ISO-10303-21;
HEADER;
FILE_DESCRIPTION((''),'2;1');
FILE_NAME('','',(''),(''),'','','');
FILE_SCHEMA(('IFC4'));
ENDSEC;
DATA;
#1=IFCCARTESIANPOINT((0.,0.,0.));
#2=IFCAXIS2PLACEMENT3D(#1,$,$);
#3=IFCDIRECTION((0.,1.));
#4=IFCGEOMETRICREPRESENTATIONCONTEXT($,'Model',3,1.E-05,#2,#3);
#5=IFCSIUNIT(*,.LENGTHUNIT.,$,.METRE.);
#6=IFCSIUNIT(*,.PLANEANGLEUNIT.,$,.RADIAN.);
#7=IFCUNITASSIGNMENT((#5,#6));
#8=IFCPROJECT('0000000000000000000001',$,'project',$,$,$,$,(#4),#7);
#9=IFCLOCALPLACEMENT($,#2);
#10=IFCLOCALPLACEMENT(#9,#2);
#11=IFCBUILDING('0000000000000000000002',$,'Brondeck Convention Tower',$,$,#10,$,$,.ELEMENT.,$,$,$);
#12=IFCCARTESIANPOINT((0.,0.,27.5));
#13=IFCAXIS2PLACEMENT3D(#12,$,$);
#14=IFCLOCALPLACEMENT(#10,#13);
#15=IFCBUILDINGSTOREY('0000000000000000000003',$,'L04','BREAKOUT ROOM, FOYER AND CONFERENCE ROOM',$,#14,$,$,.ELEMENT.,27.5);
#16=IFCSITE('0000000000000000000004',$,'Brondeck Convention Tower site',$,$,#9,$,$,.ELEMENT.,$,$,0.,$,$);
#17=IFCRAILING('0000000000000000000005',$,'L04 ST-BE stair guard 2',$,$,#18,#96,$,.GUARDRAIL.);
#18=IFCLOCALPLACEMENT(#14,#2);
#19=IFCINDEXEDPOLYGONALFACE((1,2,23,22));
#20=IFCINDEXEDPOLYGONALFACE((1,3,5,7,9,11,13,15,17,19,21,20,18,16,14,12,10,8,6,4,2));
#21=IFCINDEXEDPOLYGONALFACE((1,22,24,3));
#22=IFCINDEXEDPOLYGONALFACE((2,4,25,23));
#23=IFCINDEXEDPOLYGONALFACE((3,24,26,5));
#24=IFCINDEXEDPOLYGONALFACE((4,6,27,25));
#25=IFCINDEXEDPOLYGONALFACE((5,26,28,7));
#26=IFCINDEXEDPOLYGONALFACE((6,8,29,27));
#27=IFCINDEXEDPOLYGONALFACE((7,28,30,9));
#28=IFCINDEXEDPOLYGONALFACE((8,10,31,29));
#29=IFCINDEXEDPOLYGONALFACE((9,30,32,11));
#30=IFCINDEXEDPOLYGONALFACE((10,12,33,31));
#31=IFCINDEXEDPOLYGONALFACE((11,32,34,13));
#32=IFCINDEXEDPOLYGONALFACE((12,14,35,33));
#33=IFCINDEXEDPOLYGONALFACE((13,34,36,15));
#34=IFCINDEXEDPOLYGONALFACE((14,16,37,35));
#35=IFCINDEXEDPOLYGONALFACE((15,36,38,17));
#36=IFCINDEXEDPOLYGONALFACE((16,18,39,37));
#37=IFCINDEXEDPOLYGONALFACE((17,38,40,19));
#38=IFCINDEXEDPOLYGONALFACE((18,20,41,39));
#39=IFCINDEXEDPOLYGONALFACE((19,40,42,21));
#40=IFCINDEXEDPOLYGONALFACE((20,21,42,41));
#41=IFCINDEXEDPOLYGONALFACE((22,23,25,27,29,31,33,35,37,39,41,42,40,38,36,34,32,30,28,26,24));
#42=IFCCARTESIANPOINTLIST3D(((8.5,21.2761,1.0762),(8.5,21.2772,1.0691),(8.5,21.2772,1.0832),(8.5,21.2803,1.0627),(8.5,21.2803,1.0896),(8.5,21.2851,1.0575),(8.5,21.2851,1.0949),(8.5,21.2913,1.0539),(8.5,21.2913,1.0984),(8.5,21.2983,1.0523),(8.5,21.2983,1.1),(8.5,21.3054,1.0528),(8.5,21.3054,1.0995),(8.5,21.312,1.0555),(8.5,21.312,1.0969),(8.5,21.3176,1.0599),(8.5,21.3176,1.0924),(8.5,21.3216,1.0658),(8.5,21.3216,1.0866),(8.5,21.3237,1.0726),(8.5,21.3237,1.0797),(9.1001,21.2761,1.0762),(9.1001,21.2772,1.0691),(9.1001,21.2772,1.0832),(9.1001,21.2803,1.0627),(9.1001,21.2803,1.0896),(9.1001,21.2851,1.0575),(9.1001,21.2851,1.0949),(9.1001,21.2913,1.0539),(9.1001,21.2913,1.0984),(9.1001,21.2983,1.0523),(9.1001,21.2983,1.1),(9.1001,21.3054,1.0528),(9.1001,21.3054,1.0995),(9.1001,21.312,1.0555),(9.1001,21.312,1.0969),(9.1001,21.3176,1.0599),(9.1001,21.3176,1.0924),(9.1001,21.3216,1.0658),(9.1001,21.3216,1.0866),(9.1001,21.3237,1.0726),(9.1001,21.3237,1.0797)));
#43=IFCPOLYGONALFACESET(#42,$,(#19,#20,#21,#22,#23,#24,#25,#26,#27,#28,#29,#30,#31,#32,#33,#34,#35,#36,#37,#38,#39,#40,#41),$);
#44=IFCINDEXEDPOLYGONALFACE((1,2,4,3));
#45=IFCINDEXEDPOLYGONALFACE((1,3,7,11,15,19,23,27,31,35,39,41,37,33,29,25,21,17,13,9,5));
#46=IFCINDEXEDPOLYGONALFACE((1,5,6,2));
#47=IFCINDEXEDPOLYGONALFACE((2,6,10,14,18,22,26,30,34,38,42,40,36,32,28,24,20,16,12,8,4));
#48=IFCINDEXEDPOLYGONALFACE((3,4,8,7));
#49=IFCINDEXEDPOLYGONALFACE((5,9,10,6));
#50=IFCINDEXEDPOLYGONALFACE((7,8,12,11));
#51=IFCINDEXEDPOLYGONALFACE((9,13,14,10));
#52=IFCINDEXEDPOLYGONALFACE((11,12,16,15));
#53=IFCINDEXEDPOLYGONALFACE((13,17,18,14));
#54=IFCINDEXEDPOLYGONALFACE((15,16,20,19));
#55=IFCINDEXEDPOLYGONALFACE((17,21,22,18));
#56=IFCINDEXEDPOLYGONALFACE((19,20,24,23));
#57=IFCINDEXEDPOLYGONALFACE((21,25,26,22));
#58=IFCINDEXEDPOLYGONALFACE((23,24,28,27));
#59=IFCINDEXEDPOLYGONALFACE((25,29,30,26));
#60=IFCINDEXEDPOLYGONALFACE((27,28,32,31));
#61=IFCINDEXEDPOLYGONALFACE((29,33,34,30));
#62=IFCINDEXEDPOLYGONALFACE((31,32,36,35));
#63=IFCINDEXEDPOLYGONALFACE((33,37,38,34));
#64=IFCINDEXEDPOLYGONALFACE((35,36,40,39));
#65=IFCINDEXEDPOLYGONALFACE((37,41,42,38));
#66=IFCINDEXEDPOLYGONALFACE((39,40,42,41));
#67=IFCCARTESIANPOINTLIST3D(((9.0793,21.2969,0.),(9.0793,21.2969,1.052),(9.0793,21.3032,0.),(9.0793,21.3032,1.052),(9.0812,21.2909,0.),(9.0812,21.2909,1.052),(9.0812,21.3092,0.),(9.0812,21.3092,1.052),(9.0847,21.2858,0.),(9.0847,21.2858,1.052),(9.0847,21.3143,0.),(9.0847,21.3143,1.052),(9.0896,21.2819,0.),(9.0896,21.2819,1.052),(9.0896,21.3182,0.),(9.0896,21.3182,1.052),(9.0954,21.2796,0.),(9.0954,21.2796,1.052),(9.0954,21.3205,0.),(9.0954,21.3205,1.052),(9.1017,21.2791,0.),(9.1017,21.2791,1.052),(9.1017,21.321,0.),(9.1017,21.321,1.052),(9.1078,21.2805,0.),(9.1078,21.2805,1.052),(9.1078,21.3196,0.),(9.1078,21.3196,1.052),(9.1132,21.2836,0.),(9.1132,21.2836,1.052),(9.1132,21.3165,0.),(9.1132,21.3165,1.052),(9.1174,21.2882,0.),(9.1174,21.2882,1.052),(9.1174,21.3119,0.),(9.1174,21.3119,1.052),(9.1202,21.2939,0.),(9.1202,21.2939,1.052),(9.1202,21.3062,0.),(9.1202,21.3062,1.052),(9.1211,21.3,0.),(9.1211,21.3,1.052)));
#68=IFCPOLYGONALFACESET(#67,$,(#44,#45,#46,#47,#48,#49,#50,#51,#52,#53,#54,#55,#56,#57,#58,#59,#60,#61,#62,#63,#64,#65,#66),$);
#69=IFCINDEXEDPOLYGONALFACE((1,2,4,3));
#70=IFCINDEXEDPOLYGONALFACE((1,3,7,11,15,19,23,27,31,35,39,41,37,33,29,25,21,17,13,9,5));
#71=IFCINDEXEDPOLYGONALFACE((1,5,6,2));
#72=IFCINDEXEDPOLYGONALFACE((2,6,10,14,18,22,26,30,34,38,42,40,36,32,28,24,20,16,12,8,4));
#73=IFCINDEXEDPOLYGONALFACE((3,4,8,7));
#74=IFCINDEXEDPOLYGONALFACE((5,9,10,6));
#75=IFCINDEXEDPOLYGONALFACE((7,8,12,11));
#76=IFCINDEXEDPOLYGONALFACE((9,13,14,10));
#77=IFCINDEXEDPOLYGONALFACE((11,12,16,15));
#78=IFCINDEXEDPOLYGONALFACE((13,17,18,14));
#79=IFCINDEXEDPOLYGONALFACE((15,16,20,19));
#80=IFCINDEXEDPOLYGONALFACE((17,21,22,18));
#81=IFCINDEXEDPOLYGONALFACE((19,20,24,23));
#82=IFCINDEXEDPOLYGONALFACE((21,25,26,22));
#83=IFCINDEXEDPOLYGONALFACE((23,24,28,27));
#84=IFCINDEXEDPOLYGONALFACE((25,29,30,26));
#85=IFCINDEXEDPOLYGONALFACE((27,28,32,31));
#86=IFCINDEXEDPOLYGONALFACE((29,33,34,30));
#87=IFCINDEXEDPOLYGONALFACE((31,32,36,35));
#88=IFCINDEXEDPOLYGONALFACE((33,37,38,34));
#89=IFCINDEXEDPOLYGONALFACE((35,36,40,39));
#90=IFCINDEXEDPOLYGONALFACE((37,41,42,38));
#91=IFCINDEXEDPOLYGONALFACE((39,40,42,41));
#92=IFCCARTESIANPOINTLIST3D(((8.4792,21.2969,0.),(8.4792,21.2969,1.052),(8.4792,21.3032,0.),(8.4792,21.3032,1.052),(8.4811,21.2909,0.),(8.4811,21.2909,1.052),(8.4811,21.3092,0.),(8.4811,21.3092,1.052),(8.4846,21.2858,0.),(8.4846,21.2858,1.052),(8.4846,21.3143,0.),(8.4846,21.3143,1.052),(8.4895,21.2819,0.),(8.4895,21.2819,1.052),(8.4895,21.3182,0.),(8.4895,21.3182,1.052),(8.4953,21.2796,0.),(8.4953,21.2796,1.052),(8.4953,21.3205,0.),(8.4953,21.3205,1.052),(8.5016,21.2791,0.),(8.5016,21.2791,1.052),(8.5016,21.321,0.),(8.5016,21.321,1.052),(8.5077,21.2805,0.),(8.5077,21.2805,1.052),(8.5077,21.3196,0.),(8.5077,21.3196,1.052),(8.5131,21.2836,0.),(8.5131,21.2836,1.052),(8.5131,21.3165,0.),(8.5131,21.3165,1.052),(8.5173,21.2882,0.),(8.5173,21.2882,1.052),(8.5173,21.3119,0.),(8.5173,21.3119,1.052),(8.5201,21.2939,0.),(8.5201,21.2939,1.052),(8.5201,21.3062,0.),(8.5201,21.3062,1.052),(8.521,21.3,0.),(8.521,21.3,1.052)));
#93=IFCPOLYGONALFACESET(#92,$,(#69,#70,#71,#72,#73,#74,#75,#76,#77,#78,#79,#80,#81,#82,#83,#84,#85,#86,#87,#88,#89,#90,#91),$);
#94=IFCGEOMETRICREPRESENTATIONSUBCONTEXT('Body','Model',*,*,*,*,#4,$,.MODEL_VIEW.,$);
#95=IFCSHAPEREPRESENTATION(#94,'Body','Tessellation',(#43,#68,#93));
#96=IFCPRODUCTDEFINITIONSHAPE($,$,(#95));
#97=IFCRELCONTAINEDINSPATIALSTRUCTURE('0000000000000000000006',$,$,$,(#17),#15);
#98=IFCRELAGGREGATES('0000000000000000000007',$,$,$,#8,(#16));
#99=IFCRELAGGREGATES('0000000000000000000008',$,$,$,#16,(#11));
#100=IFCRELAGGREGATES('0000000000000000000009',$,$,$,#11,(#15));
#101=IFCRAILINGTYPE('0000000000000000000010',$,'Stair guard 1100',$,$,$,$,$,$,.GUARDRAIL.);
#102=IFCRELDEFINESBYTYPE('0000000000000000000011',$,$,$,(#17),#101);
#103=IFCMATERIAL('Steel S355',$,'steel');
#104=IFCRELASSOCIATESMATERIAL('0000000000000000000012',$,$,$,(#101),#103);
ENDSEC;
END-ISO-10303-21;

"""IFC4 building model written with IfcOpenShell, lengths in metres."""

from ifc_helpers import new_model, si_unit, direction, frame, origin, origin_2d, place, context, subcontext, project, spatial, circle, extrude, material, type_object, element, save


model = new_model("IFC4")

# Units and contexts
model_context = context("Model", 3, precision=1e-05, world=origin(), true_north=direction((0.0, 1.0)))
body_context = subcontext(model_context, "Body", "Model", "MODEL_VIEW")
ifc_project = project(units=[si_unit("LENGTHUNIT", "METRE"), si_unit("PLANEANGLEUNIT", "RADIAN")], contexts=[model_context])

# Site, building, storey
site_placement = place(None, origin())
site = spatial("IfcSite", under=ifc_project, at=site_placement, Name="Brondeck Convention Tower site", CompositionType="ELEMENT", RefElevation=0.0)
building_placement = place(site_placement, origin())
building = spatial("IfcBuilding", under=site, at=building_placement, Name="Brondeck Convention Tower", CompositionType="ELEMENT")
storey_placement = place(building_placement, frame((0.0, 0.0, 27.5)))
storey = spatial("IfcBuildingStorey", under=building, at=storey_placement, Name="L04", Description="BREAKOUT ROOM, FOYER AND CONFERENCE ROOM", CompositionType="ELEMENT", Elevation=27.5)

# Shared definitions
ifc_material_1 = material(Name="Steel S355", Category="steel")

# Railing
railing_type_1 = type_object("IfcRailingType", Name="Stair guard 1100", PredefinedType="GUARDRAIL", material=ifc_material_1)
railing_1_placement = place(storey_placement, frame((9.1001, 21.3, 0.0)))
element("IfcRailing", 1, at=railing_1_placement, inside=storey, type_object=railing_type_1, Name="L04 ST-BE stair guard 2", PredefinedType="GUARDRAIL", context=body_context, shape_type="SweptSolid", body=[
    extrude(circle(Radius=0.0239, at=origin_2d()), frame((0.0, 0.0, 1.0762), z_axis=(-1.0, 0.0, 0.0), x_axis=(0.0, -1.0, 0.0)), (0.0, 0.0, 1.0), 0.6001),
    extrude(circle(Radius=0.021, at=origin_2d()), origin(), (0.0, 0.0, 1.0), 1.052),
    extrude(circle(Radius=0.021, at=origin_2d()), frame((-0.6001, 0.0, 0.0)), (0.0, 0.0, 1.0), 1.052),
])

save(model, "model.ifc")
